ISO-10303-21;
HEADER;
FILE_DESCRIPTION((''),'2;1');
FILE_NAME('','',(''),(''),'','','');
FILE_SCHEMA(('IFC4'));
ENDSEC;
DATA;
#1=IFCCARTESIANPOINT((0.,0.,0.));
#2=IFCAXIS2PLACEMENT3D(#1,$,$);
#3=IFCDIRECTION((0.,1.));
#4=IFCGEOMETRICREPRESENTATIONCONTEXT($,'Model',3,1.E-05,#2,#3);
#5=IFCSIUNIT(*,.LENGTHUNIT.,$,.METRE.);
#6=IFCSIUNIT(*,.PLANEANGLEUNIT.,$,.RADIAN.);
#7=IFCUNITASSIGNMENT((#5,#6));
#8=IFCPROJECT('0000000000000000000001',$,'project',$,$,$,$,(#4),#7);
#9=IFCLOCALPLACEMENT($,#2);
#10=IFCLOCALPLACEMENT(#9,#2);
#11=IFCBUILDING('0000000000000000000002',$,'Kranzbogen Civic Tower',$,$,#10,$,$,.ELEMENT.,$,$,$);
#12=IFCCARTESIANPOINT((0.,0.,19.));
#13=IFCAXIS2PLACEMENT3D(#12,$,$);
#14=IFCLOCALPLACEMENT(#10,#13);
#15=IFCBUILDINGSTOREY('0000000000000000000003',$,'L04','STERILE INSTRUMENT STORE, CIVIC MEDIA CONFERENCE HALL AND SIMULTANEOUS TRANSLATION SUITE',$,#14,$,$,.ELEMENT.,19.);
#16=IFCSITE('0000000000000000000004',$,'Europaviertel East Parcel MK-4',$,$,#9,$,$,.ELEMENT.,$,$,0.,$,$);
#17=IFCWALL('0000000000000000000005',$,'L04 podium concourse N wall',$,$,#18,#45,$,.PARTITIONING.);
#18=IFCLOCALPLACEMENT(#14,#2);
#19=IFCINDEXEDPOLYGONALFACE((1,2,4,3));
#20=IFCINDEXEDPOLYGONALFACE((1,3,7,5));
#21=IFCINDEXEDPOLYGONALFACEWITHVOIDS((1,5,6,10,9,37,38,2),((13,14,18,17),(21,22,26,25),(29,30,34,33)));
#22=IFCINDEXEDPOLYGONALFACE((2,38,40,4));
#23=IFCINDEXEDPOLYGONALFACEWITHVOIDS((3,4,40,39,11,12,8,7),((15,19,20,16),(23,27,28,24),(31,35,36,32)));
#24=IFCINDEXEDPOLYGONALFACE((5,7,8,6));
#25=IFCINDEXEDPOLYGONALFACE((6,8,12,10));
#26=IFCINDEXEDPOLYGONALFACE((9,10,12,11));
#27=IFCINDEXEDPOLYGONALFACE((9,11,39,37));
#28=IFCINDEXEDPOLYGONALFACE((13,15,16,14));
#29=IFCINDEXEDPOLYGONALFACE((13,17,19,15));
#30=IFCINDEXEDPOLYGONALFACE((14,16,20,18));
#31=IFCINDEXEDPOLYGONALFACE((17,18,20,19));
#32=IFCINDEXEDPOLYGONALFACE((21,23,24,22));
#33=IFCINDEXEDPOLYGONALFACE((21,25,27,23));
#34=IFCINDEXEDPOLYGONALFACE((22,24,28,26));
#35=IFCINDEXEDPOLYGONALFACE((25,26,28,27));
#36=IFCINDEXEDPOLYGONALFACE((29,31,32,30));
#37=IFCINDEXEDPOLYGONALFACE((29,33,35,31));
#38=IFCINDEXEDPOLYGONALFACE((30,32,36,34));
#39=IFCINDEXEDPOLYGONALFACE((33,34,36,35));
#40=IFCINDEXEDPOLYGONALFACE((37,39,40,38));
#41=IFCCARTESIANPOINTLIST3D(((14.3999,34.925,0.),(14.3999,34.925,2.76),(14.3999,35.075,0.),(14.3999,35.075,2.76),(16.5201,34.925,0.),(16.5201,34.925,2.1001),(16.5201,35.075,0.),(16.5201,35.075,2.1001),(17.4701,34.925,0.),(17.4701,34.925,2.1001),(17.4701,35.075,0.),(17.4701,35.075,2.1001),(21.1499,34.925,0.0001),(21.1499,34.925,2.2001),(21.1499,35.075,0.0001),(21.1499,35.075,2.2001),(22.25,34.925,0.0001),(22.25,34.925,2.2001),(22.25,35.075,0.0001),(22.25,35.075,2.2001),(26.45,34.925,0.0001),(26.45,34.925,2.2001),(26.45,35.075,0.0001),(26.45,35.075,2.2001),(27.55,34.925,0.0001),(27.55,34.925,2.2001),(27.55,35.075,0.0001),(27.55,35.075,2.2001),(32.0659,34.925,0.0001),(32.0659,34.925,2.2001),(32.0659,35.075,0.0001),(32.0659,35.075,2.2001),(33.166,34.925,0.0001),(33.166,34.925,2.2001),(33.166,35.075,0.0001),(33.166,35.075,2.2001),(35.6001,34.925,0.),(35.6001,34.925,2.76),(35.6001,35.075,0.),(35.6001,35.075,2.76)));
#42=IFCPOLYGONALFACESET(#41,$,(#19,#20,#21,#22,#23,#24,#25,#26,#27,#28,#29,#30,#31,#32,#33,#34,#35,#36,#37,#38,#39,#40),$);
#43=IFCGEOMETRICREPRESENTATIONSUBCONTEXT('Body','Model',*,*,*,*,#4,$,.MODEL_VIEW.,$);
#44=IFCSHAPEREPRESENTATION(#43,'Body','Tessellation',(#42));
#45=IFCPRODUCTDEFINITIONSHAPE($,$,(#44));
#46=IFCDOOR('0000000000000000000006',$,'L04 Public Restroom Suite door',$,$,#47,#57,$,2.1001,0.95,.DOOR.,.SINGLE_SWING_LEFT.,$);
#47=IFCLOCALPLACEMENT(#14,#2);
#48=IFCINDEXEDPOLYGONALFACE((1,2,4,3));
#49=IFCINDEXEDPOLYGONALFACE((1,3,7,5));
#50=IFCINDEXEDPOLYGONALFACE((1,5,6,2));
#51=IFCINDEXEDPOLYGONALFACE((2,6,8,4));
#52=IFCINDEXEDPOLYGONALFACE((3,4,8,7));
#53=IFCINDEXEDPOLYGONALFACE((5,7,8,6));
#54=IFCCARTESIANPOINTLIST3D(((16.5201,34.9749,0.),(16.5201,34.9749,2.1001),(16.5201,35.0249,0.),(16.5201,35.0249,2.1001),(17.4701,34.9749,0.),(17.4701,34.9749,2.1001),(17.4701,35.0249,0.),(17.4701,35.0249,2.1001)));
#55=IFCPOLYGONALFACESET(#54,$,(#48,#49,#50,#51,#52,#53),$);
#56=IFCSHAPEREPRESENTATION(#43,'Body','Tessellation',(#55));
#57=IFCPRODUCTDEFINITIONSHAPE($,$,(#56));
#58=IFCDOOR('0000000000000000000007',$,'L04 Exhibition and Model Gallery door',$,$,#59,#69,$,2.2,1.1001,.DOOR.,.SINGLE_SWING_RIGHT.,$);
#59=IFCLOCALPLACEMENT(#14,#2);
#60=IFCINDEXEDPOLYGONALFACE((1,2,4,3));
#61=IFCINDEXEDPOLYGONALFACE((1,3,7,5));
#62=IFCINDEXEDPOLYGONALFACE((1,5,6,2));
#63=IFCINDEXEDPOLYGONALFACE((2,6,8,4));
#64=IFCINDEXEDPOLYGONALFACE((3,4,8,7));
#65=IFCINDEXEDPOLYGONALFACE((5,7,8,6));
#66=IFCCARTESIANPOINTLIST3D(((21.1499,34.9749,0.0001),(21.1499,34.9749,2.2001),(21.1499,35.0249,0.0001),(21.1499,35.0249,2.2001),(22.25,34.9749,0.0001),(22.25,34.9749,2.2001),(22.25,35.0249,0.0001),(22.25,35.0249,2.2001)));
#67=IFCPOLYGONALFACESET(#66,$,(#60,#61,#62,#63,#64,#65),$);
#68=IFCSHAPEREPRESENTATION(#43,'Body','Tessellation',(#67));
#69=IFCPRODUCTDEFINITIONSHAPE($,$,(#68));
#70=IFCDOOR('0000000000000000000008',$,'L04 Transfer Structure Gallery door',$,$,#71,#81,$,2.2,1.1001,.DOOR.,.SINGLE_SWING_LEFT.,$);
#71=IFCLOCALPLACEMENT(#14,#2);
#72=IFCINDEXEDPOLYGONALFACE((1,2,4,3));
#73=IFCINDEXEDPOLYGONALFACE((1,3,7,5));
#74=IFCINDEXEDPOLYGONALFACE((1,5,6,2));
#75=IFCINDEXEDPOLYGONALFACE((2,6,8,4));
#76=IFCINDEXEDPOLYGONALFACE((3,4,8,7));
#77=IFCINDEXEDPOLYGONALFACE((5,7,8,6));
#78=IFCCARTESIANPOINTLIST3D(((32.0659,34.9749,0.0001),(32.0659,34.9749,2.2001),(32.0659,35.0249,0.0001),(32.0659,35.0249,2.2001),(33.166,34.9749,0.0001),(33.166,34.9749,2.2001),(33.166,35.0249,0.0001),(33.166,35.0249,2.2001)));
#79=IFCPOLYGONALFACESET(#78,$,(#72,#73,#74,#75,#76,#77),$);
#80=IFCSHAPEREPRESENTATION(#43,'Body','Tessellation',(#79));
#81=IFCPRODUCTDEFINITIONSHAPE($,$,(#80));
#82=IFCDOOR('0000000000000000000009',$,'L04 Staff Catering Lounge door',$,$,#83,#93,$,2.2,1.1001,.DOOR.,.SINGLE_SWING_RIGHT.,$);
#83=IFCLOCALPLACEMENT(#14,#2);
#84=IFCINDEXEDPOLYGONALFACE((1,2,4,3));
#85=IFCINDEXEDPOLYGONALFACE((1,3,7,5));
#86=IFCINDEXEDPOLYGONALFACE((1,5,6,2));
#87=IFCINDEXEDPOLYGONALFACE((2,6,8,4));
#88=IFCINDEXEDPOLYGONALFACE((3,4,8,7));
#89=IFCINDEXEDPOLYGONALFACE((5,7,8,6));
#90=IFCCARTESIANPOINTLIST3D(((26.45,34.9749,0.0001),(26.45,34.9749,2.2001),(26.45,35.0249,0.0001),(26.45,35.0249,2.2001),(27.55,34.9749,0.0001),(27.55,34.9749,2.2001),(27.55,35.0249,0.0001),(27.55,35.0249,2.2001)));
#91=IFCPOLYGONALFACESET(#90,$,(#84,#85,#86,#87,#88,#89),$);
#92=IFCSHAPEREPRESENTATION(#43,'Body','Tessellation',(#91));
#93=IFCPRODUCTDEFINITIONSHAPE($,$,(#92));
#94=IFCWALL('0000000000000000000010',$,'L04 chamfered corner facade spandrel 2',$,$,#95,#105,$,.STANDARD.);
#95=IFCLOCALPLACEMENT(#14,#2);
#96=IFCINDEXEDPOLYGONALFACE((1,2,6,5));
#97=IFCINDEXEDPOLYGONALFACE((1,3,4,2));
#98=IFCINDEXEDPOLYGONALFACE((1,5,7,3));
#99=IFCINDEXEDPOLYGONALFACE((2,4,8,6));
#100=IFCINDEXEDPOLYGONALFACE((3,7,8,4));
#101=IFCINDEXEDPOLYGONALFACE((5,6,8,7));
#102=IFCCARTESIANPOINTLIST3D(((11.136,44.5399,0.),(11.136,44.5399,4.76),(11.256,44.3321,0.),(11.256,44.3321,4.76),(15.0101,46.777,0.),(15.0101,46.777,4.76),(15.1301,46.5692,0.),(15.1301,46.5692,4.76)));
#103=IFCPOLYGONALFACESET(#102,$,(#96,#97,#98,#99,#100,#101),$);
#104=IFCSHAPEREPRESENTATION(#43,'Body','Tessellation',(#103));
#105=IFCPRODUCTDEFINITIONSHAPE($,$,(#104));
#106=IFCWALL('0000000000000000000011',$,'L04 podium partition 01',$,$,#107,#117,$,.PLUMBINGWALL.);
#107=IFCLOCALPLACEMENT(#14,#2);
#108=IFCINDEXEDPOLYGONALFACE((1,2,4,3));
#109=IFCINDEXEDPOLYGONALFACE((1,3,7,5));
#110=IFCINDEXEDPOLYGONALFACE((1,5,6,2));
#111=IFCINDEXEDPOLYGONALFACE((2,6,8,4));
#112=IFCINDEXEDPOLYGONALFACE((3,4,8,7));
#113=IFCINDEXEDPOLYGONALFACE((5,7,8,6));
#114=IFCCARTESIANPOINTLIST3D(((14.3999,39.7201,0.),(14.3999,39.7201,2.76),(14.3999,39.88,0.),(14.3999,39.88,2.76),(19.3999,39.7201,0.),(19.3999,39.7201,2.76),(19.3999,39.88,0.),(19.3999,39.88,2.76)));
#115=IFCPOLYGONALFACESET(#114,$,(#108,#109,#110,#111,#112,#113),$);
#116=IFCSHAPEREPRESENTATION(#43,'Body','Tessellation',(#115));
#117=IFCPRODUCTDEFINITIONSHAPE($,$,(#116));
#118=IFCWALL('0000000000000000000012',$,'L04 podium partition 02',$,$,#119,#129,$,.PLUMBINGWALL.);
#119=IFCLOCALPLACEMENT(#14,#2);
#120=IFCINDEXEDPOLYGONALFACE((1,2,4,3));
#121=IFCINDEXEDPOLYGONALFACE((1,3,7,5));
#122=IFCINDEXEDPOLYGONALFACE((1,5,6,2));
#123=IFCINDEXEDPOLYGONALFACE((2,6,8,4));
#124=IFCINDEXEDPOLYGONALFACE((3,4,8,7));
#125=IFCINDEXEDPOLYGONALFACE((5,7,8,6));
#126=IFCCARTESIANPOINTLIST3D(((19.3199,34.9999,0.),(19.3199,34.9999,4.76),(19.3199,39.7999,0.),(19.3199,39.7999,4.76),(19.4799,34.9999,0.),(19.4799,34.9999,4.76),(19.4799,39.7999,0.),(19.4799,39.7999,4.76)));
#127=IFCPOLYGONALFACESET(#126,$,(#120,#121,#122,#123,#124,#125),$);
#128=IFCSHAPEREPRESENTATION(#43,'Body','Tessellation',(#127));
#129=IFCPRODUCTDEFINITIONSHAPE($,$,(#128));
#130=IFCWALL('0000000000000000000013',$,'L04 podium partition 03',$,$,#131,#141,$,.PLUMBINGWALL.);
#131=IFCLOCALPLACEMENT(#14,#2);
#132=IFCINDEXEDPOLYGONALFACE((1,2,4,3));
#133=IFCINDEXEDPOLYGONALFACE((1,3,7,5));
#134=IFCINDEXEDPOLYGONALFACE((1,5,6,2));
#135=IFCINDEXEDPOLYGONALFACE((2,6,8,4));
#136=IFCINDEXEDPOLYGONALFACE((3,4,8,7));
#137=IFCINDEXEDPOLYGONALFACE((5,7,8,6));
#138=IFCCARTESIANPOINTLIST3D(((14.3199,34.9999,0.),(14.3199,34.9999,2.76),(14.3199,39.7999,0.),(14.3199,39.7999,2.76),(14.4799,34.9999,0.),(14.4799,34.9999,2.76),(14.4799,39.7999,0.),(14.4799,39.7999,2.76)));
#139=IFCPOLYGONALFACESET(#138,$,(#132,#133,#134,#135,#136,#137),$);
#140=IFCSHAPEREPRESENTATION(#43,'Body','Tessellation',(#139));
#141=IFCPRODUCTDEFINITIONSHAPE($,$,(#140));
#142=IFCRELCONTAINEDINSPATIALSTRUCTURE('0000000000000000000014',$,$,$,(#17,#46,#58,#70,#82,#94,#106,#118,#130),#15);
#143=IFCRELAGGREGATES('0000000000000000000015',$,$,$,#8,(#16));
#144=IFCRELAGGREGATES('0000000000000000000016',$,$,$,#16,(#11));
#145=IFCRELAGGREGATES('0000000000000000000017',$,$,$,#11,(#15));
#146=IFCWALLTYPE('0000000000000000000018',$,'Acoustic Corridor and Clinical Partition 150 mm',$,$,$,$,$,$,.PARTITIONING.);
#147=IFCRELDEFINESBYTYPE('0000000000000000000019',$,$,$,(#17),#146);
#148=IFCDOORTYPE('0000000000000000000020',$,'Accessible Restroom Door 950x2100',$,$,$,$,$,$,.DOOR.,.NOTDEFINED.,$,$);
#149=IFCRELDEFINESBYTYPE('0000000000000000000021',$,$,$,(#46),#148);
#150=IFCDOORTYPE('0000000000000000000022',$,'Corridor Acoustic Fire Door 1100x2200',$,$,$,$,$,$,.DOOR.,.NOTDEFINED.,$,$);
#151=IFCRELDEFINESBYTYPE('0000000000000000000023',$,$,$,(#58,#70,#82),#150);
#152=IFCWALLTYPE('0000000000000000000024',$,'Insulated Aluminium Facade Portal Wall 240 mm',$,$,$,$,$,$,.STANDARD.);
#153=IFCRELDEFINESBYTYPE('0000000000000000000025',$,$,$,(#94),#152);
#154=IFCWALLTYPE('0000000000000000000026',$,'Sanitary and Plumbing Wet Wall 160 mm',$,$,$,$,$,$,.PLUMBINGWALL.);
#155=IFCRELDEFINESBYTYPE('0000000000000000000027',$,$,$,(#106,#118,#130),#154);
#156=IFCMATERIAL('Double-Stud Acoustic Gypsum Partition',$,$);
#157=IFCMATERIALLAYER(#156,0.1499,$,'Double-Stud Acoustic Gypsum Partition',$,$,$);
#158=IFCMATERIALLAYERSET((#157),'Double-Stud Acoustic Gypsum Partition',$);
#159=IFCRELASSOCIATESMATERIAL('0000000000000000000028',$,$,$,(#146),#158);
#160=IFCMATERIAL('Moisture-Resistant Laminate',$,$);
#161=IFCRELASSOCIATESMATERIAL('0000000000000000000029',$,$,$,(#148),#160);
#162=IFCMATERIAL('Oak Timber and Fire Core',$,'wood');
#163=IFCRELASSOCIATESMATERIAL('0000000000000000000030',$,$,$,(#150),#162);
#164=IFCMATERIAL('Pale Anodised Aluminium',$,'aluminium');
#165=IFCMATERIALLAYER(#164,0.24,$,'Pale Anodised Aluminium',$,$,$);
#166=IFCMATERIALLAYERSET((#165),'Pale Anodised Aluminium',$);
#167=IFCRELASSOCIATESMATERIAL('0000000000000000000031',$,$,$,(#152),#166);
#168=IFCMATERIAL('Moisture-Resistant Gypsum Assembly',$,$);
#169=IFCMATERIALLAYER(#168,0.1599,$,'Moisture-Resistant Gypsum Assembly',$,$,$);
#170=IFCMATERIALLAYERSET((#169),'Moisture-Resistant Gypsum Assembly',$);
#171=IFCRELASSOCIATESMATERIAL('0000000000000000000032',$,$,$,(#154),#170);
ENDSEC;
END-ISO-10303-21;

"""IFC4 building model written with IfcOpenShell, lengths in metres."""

from ifc_helpers import new_model, si_unit, direction, frame, frame_2d, origin, place, context, subcontext, project, spatial, rectangle, extrude, material, layer, layer_set, type_object, element, fill, save


model = new_model("IFC4")

# Units and contexts
model_context = context("Model", 3, precision=1e-05, world=origin(), true_north=direction((0.0, 1.0)))
body_context = subcontext(model_context, "Body", "Model", "MODEL_VIEW")
ifc_project = project(units=[si_unit("LENGTHUNIT", "METRE"), si_unit("PLANEANGLEUNIT", "RADIAN")], contexts=[model_context])

# Site, building, storey
site_placement = place(None, origin())
site = spatial("IfcSite", under=ifc_project, at=site_placement, Name="Europaviertel East Parcel MK-4", CompositionType="ELEMENT", RefElevation=0.0)
building_placement = place(site_placement, origin())
building = spatial("IfcBuilding", under=site, at=building_placement, Name="Kranzbogen Civic Tower", CompositionType="ELEMENT")
storey_placement = place(building_placement, frame((0.0, 0.0, 19.0)))
storey = spatial("IfcBuildingStorey", under=building, at=storey_placement, Name="L04", Description="STERILE INSTRUMENT STORE, CIVIC MEDIA CONFERENCE HALL AND SIMULTANEOUS TRANSLATION SUITE", CompositionType="ELEMENT", Elevation=19.0)

# Shared definitions
ifc_material_1 = material(Name="Pale Anodised Aluminium", Category="aluminium")

# Wall, openings, doors
ifc_material_2 = material(Name="Double-Stud Acoustic Gypsum Partition")
ifc_layer_1 = layer(ifc_material_2, 0.1499, Name="Double-Stud Acoustic Gypsum Partition")
ifc_layer_set_1 = layer_set([ifc_layer_1], Name="Double-Stud Acoustic Gypsum Partition")
wall_type_1 = type_object("IfcWallType", Name="Acoustic Corridor and Clinical Partition 150 mm", PredefinedType="PARTITIONING", material=ifc_layer_set_1)
wall_1_placement = place(storey_placement, frame((14.3999, 35.0, 0.0), z_axis=(0.0, 0.0, 1.0), x_axis=(1.0, 0.0, 0.0)))
wall_1 = element("IfcWall", 1, at=wall_1_placement, inside=storey, type_object=wall_type_1, Name="L04 podium concourse N wall", PredefinedType="PARTITIONING", context=body_context, shape_type="SweptSolid", body=[
    extrude(rectangle(XDim=21.2002, YDim=0.1499, at=frame_2d((10.6001, 0.0))), origin(), (0.0, 0.0, 1.0), 2.76),
])
opening_1_placement = place(wall_1_placement, frame((2.1201, 0.0, 0.0)))
opening_1 = element("IfcOpeningElement", 2, at=opening_1_placement, cuts=wall_1, PredefinedType="OPENING", context=body_context, shape_type="SweptSolid", body=[
    extrude(rectangle(XDim=0.95, YDim=2.1001, at=frame_2d((0.4751, 1.05))), frame((0.0, 0.085, 0.0), z_axis=(0.0, -1.0, 0.0), x_axis=(1.0, 0.0, 0.0)), (0.0, 0.0, 1.0), 0.1699),
])
opening_2_placement = place(wall_1_placement, frame((6.75, 0.0, 0.0)))
opening_2 = element("IfcOpeningElement", 3, at=opening_2_placement, cuts=wall_1, PredefinedType="OPENING", context=body_context, shape_type="SweptSolid", body=[
    extrude(rectangle(XDim=1.1001, YDim=2.2, at=frame_2d((0.55, 1.1001))), frame((0.0, 0.085, 0.0), z_axis=(0.0, -1.0, 0.0), x_axis=(1.0, 0.0, 0.0)), (0.0, 0.0, 1.0), 0.1699),
])
opening_3_placement = place(wall_1_placement, frame((17.666, 0.0, 0.0)))
opening_3 = element("IfcOpeningElement", 4, at=opening_3_placement, cuts=wall_1, PredefinedType="OPENING", context=body_context, shape_type="SweptSolid", body=[
    extrude(rectangle(XDim=1.1001, YDim=2.2, at=frame_2d((0.55, 1.1001))), frame((0.0, 0.085, 0.0), z_axis=(0.0, -1.0, 0.0), x_axis=(1.0, 0.0, 0.0)), (0.0, 0.0, 1.0), 0.1699),
])
opening_4_placement = place(wall_1_placement, frame((12.05, 0.0, 0.0)))
opening_4 = element("IfcOpeningElement", 5, at=opening_4_placement, cuts=wall_1, PredefinedType="OPENING", context=body_context, shape_type="SweptSolid", body=[
    extrude(rectangle(XDim=1.1001, YDim=2.2, at=frame_2d((0.55, 1.1001))), frame((0.0, 0.085, 0.0), z_axis=(0.0, -1.0, 0.0), x_axis=(1.0, 0.0, 0.0)), (0.0, 0.0, 1.0), 0.1699),
])
ifc_material_3 = material(Name="Moisture-Resistant Laminate")
door_type_1 = type_object("IfcDoorType", Name="Accessible Restroom Door 950x2100", OperationType="NOTDEFINED", PredefinedType="DOOR", material=ifc_material_3)
door_1_placement = place(opening_1_placement, origin())
door_1 = element("IfcDoor", 6, at=door_1_placement, inside=storey, type_object=door_type_1, Name="L04 Public Restroom Suite door", OperationType="SINGLE_SWING_LEFT", OverallHeight=2.1001, OverallWidth=0.95, PredefinedType="DOOR", context=body_context, shape_type="SweptSolid", body=[
    extrude(rectangle(XDim=0.95, YDim=2.1001, at=frame_2d((0.4751, 1.05))), frame((0.0, 0.0249, 0.0), z_axis=(0.0, -1.0, 0.0), x_axis=(1.0, 0.0, 0.0)), (0.0, 0.0, 1.0), 0.05),
])
fill(opening_1, door_1)
ifc_material_4 = material(Name="Oak Timber and Fire Core", Category="wood")
door_type_2 = type_object("IfcDoorType", Name="Corridor Acoustic Fire Door 1100x2200", OperationType="NOTDEFINED", PredefinedType="DOOR", material=ifc_material_4)
door_2_placement = place(opening_2_placement, origin())
door_2 = element("IfcDoor", 7, at=door_2_placement, inside=storey, type_object=door_type_2, Name="L04 Exhibition and Model Gallery door", OperationType="SINGLE_SWING_RIGHT", OverallHeight=2.2, OverallWidth=1.1001, PredefinedType="DOOR", context=body_context, shape_type="SweptSolid", body=[
    extrude(rectangle(XDim=1.1001, YDim=2.2, at=frame_2d((0.55, 1.1001))), frame((0.0, 0.0249, 0.0), z_axis=(0.0, -1.0, 0.0), x_axis=(1.0, 0.0, 0.0)), (0.0, 0.0, 1.0), 0.05),
])
fill(opening_2, door_2)
door_3_placement = place(opening_3_placement, origin())
door_3 = element("IfcDoor", 8, at=door_3_placement, inside=storey, type_object=door_type_2, Name="L04 Transfer Structure Gallery door", OperationType="SINGLE_SWING_LEFT", OverallHeight=2.2, OverallWidth=1.1001, PredefinedType="DOOR", context=body_context, shape_type="SweptSolid", body=[
    extrude(rectangle(XDim=1.1001, YDim=2.2, at=frame_2d((0.55, 1.1001))), frame((0.0, 0.0249, 0.0), z_axis=(0.0, -1.0, 0.0), x_axis=(1.0, 0.0, 0.0)), (0.0, 0.0, 1.0), 0.05),
])
fill(opening_3, door_3)
door_4_placement = place(opening_4_placement, origin())
door_4 = element("IfcDoor", 9, at=door_4_placement, inside=storey, type_object=door_type_2, Name="L04 Staff Catering Lounge door", OperationType="SINGLE_SWING_RIGHT", OverallHeight=2.2, OverallWidth=1.1001, PredefinedType="DOOR", context=body_context, shape_type="SweptSolid", body=[
    extrude(rectangle(XDim=1.1001, YDim=2.2, at=frame_2d((0.55, 1.1001))), frame((0.0, 0.0249, 0.0), z_axis=(0.0, -1.0, 0.0), x_axis=(1.0, 0.0, 0.0)), (0.0, 0.0, 1.0), 0.05),
])
fill(opening_4, door_4)

# Walls
ifc_layer_2 = layer(ifc_material_1, 0.24, Name="Pale Anodised Aluminium")
ifc_layer_set_2 = layer_set([ifc_layer_2], Name="Pale Anodised Aluminium")
wall_type_2 = type_object("IfcWallType", Name="Insulated Aluminium Facade Portal Wall 240 mm", PredefinedType="STANDARD", material=ifc_layer_set_2)
wall_2_placement = place(storey_placement, frame((15.0701, 46.6731, 0.0), z_axis=(0.0, 0.0, 1.0), x_axis=(-0.865987, -0.500066, 0.0)))
element("IfcWall", 10, at=wall_2_placement, inside=storey, type_object=wall_type_2, Name="L04 chamfered corner facade spandrel 2", PredefinedType="STANDARD", context=body_context, shape_type="SweptSolid", body=[
    extrude(rectangle(XDim=4.4736, YDim=0.24, at=frame_2d((2.2368, 0.0))), origin(), (0.0, 0.0, 1.0), 4.76),
])
ifc_material_5 = material(Name="Moisture-Resistant Gypsum Assembly")
ifc_layer_3 = layer(ifc_material_5, 0.1599, Name="Moisture-Resistant Gypsum Assembly")
ifc_layer_set_3 = layer_set([ifc_layer_3], Name="Moisture-Resistant Gypsum Assembly")
wall_type_3 = type_object("IfcWallType", Name="Sanitary and Plumbing Wet Wall 160 mm", PredefinedType="PLUMBINGWALL", material=ifc_layer_set_3)
wall_3_placement = place(storey_placement, frame((14.3999, 39.8, 0.0), z_axis=(0.0, 0.0, 1.0), x_axis=(1.0, 0.0, 0.0)))
element("IfcWall", 11, at=wall_3_placement, inside=storey, type_object=wall_type_3, Name="L04 podium partition 01", PredefinedType="PLUMBINGWALL", context=body_context, shape_type="SweptSolid", body=[
    extrude(rectangle(XDim=5.0, YDim=0.1599, at=frame_2d((2.5, 0.0))), origin(), (0.0, 0.0, 1.0), 2.76),
])
wall_4_placement = place(storey_placement, frame((19.3999, 35.0, 0.0), z_axis=(0.0, 0.0, 1.0), x_axis=(0.0, 1.0, 0.0)))
element("IfcWall", 12, at=wall_4_placement, inside=storey, type_object=wall_type_3, Name="L04 podium partition 02", PredefinedType="PLUMBINGWALL", context=body_context, shape_type="SweptSolid", body=[
    extrude(rectangle(XDim=4.8, YDim=0.1599, at=frame_2d((2.3999, 0.0))), origin(), (0.0, 0.0, 1.0), 4.76),
])
wall_5_placement = place(storey_placement, frame((14.3999, 35.0, 0.0), z_axis=(0.0, 0.0, 1.0), x_axis=(0.0, 1.0, 0.0)))
element("IfcWall", 13, at=wall_5_placement, inside=storey, type_object=wall_type_3, Name="L04 podium partition 03", PredefinedType="PLUMBINGWALL", context=body_context, shape_type="SweptSolid", body=[
    extrude(rectangle(XDim=4.8, YDim=0.1599, at=frame_2d((2.3999, 0.0))), origin(), (0.0, 0.0, 1.0), 2.76),
])

save(model, "model.ifc")
